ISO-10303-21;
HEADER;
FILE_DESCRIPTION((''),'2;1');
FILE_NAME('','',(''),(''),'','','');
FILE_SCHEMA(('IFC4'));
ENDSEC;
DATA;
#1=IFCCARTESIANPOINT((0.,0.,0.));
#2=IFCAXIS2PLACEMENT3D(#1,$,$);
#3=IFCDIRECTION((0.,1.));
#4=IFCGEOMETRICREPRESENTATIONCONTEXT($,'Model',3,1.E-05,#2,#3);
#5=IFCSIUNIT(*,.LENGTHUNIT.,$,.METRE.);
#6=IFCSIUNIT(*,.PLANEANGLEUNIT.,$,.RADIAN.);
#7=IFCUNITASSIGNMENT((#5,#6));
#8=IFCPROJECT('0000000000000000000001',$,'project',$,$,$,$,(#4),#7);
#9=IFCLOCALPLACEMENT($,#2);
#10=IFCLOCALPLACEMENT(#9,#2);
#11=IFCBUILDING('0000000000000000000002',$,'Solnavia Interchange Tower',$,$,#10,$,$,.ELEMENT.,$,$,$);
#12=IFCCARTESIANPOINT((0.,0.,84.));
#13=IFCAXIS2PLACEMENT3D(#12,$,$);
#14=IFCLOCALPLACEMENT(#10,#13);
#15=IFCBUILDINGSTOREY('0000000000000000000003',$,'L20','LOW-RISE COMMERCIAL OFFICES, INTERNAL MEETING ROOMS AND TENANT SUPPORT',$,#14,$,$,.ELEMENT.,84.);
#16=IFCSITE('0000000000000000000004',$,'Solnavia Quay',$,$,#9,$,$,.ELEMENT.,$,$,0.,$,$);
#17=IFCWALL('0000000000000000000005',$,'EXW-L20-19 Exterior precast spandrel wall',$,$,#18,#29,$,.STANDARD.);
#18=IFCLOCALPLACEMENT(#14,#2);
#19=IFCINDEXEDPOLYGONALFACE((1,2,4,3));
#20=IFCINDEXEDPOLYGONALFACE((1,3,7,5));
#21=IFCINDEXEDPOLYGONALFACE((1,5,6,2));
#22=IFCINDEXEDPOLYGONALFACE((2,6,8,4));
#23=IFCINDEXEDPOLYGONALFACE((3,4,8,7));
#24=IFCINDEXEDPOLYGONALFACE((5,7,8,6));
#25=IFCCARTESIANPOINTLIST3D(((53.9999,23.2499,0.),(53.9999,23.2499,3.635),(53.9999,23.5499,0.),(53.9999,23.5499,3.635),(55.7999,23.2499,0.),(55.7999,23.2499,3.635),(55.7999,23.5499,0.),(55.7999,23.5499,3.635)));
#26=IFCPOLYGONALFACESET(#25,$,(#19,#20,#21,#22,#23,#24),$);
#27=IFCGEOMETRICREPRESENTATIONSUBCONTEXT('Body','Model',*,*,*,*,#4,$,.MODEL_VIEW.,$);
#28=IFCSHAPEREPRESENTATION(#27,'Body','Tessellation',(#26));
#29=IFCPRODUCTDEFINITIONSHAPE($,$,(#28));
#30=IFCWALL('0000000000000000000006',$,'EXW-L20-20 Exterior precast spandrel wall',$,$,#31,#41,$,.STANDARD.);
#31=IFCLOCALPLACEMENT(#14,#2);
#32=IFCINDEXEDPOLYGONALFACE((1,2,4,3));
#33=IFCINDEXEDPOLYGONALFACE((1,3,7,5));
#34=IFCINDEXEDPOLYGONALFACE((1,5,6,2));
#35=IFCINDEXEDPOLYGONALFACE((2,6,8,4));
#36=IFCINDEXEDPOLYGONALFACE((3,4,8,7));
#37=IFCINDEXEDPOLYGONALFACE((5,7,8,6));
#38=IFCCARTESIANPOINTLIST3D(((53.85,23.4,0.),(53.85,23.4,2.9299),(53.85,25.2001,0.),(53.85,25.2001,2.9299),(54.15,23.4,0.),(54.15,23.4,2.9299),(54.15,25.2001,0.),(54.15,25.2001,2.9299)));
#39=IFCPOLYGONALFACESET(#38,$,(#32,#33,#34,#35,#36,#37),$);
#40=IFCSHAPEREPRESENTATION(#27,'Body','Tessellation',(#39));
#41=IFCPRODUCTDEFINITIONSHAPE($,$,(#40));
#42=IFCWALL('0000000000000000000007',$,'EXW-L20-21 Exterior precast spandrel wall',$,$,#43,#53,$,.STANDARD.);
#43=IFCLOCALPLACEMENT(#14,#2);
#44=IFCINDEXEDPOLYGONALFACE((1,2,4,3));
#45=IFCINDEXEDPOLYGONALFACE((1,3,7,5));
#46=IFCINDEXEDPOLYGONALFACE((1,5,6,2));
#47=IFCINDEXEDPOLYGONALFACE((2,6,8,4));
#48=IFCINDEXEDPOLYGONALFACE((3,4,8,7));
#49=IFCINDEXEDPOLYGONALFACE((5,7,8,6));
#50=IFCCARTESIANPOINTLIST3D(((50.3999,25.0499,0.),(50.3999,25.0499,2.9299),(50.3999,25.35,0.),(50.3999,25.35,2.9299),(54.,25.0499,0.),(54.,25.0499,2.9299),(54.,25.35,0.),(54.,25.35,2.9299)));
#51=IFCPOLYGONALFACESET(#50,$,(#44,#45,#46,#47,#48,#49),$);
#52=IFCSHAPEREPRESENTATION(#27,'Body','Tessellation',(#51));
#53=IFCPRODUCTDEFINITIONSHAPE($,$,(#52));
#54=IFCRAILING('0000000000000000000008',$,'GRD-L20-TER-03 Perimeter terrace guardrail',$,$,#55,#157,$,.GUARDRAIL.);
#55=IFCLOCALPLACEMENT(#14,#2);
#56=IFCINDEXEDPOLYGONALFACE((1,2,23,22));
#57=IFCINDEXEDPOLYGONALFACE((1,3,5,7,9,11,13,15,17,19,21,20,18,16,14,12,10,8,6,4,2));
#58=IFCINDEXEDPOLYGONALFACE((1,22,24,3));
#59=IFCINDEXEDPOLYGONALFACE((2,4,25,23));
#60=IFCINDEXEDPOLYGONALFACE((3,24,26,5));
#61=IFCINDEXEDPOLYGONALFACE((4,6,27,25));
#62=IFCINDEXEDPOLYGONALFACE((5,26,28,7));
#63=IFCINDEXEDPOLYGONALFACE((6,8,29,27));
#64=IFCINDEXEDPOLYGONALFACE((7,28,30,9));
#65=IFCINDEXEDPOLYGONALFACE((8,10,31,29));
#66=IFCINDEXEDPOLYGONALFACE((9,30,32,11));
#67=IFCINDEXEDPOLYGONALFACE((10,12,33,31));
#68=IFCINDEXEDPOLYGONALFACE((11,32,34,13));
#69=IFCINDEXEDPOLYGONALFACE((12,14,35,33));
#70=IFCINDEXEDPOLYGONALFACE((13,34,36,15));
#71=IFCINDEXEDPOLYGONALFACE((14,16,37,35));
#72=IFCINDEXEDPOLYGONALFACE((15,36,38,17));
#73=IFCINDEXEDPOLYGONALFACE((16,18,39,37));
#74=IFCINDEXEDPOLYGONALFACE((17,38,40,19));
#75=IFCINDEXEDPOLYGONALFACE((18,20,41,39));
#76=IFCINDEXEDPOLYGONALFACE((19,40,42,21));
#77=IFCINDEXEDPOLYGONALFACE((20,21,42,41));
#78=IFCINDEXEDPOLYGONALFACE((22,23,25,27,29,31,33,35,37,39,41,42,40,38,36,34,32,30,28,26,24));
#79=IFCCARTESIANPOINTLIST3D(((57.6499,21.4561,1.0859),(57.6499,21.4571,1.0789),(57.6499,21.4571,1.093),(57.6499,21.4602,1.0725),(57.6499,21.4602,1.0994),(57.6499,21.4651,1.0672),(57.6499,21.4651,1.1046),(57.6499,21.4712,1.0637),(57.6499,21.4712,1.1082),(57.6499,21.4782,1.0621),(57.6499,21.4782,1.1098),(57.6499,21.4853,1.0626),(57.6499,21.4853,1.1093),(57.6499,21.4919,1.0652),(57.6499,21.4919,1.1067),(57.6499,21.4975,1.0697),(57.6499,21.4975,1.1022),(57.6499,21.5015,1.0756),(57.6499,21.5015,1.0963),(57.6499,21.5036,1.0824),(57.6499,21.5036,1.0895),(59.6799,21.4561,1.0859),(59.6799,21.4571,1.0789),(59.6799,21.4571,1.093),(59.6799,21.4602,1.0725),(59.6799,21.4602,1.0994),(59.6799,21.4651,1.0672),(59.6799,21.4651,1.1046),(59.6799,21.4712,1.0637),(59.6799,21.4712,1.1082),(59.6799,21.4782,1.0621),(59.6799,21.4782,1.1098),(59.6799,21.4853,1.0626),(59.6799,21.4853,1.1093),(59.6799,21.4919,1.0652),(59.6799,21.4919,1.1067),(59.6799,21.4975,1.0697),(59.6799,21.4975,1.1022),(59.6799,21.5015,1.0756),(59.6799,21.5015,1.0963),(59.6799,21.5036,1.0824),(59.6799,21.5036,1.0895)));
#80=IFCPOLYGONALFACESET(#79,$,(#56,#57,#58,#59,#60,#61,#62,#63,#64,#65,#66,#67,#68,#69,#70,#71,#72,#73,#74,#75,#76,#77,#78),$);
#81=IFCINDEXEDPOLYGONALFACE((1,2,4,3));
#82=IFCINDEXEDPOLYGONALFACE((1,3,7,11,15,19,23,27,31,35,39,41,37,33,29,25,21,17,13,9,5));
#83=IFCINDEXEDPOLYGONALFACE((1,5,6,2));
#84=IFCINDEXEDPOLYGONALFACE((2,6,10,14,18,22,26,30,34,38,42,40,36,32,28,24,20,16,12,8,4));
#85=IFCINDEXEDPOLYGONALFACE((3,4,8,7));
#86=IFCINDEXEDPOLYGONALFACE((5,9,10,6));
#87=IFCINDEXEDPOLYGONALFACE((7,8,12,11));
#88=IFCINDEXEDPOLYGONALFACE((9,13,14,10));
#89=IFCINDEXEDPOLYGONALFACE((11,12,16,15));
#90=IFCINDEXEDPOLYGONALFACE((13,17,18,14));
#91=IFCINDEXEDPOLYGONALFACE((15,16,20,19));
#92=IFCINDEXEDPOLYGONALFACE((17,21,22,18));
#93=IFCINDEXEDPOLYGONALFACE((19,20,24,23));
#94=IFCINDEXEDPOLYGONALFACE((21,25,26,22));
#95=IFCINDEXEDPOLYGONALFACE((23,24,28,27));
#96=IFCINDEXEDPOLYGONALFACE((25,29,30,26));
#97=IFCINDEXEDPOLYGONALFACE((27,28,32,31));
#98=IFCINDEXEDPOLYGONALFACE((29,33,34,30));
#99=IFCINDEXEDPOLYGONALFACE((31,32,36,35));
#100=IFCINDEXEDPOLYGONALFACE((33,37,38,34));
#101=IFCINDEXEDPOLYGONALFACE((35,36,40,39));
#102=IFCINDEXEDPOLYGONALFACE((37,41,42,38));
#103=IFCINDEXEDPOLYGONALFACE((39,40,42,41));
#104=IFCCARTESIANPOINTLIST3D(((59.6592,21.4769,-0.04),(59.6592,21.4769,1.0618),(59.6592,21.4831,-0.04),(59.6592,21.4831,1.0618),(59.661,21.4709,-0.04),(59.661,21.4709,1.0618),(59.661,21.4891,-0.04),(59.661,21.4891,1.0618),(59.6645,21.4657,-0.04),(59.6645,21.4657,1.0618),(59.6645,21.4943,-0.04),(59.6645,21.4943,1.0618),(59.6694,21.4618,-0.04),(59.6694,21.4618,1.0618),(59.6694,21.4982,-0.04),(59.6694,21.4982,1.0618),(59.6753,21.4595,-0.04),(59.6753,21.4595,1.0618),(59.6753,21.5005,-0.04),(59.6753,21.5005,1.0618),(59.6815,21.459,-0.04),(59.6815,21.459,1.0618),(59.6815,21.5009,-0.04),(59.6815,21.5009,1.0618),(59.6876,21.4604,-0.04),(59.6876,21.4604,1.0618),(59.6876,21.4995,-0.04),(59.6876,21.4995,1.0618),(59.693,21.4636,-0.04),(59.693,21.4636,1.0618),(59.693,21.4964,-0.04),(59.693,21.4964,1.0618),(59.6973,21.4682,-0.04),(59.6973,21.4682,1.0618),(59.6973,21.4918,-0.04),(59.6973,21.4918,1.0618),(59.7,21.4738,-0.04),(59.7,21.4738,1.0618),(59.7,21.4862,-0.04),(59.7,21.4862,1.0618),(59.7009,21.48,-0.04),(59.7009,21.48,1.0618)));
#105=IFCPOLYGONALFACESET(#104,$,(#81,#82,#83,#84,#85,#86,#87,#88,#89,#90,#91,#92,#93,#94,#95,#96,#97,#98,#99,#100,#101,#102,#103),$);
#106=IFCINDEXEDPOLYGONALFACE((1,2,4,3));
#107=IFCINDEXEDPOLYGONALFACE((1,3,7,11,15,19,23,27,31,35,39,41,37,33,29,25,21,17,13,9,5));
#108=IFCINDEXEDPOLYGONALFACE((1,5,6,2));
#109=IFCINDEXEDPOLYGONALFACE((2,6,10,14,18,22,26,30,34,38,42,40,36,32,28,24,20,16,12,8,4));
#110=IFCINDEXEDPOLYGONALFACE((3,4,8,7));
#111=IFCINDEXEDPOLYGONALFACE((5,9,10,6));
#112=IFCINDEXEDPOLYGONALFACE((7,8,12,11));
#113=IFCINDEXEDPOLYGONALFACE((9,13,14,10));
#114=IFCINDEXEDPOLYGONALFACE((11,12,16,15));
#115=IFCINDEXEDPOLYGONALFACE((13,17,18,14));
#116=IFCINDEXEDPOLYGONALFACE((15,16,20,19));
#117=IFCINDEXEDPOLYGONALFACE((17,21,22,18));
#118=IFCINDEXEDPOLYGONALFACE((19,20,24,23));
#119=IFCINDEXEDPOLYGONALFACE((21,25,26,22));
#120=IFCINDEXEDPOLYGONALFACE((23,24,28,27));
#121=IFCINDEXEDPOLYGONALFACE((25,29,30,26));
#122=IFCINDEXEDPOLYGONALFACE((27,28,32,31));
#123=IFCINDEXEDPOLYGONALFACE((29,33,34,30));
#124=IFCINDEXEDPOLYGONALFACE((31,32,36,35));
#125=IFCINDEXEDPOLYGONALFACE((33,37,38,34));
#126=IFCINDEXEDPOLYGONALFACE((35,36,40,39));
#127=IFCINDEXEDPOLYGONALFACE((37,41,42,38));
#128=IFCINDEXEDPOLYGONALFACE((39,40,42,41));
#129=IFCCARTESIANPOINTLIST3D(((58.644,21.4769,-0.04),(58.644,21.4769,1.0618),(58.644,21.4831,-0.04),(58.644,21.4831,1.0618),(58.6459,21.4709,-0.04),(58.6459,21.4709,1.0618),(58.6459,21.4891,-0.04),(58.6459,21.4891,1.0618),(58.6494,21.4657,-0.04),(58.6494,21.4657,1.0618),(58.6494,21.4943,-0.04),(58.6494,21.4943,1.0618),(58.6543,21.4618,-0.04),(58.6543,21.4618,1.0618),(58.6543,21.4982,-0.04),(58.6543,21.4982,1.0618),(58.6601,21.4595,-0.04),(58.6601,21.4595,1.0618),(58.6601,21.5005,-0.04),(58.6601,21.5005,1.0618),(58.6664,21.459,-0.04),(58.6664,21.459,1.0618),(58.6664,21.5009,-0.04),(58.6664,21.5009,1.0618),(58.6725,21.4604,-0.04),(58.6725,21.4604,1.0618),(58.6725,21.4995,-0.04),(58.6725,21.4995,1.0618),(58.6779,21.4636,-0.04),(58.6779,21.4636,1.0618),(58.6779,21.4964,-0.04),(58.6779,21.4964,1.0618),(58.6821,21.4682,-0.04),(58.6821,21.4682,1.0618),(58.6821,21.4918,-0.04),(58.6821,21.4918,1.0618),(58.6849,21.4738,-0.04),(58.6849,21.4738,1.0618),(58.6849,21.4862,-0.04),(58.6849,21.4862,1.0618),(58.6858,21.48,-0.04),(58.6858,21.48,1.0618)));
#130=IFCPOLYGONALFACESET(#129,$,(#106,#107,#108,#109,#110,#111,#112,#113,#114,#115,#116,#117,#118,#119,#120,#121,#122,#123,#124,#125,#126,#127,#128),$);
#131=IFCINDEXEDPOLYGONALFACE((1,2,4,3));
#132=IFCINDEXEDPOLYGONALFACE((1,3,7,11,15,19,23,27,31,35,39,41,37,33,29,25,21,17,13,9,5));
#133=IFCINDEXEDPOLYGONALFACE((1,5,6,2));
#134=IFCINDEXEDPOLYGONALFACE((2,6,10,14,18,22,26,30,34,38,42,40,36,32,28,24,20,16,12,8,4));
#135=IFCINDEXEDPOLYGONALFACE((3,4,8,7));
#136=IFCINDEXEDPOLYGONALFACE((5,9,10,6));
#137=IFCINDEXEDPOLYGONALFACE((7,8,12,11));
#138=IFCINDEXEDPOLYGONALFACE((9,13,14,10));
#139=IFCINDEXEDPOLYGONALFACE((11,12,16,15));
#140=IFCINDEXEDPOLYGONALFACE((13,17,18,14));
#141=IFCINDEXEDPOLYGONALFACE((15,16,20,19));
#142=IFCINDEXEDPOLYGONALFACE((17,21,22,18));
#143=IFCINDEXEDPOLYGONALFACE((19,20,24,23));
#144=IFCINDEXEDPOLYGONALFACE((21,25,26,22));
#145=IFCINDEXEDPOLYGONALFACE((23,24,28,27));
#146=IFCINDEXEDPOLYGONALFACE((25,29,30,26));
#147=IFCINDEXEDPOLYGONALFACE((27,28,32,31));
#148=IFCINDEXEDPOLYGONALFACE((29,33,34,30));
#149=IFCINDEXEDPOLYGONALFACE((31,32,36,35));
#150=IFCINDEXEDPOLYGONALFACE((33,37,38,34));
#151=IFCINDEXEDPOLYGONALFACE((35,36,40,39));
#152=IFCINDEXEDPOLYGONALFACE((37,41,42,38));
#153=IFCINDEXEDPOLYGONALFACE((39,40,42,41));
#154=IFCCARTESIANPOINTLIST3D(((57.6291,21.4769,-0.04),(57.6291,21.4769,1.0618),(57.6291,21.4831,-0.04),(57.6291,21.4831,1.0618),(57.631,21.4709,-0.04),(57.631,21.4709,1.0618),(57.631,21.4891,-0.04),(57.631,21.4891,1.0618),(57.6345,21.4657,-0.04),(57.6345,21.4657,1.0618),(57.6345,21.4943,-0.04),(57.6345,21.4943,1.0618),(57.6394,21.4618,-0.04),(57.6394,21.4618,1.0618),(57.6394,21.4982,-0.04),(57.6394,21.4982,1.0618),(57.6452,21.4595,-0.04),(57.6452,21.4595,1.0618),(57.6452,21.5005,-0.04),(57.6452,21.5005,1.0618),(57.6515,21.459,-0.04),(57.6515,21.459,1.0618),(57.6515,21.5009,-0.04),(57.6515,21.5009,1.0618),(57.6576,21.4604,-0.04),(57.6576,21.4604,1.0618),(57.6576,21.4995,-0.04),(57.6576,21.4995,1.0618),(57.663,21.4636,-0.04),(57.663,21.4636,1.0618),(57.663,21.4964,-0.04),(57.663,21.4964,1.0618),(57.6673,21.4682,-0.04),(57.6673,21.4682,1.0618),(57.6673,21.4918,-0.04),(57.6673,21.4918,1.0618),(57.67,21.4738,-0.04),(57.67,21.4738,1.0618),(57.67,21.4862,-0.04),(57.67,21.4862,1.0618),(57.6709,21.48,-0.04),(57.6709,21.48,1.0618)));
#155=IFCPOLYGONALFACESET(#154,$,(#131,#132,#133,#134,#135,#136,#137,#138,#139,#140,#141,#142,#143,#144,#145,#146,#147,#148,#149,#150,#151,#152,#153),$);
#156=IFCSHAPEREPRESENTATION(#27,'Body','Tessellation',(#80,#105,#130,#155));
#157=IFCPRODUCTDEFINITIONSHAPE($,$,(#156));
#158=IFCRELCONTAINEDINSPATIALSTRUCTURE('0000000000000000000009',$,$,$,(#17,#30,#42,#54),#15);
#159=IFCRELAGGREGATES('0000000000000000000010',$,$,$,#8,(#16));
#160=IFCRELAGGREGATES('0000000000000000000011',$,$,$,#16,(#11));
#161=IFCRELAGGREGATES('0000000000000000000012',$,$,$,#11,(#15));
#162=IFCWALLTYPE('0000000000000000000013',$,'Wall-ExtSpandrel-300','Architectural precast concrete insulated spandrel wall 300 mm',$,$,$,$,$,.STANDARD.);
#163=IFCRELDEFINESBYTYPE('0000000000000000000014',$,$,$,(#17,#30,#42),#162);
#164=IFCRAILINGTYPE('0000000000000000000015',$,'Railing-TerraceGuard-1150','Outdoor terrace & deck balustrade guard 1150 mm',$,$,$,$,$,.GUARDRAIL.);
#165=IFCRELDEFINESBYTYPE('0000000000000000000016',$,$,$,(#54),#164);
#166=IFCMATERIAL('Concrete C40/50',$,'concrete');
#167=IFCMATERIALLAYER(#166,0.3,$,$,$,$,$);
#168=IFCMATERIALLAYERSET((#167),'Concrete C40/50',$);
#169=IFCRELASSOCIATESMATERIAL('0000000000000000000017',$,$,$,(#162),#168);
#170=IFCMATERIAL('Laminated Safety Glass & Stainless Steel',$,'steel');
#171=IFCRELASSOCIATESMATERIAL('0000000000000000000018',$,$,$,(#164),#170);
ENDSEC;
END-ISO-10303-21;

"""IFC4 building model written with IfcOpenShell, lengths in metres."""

from ifc_helpers import new_model, si_unit, direction, frame, frame_2d, origin, origin_2d, place, context, subcontext, project, spatial, rectangle, circle, extrude, material, layer, layer_set, type_object, element, save


model = new_model("IFC4")

# Units and contexts
model_context = context("Model", 3, precision=1e-05, world=origin(), true_north=direction((0.0, 1.0)))
body_context = subcontext(model_context, "Body", "Model", "MODEL_VIEW")
ifc_project = project(units=[si_unit("LENGTHUNIT", "METRE"), si_unit("PLANEANGLEUNIT", "RADIAN")], contexts=[model_context])

# Site, building, storey
site_placement = place(None, origin())
site = spatial("IfcSite", under=ifc_project, at=site_placement, Name="Solnavia Quay", CompositionType="ELEMENT", RefElevation=0.0)
building_placement = place(site_placement, origin())
building = spatial("IfcBuilding", under=site, at=building_placement, Name="Solnavia Interchange Tower", CompositionType="ELEMENT")
storey_placement = place(building_placement, frame((0.0, 0.0, 84.0)))
storey = spatial("IfcBuildingStorey", under=building, at=storey_placement, Name="L20", Description="LOW-RISE COMMERCIAL OFFICES, INTERNAL MEETING ROOMS AND TENANT SUPPORT", CompositionType="ELEMENT", Elevation=84.0)

# Shared definitions
ifc_material_1 = material(Name="Concrete C40/50", Category="concrete")
ifc_layer = layer(ifc_material_1, 0.3)
ifc_layer_set = layer_set([ifc_layer], Name="Concrete C40/50")
wall_type = type_object("IfcWallType", Name="Wall-ExtSpandrel-300", Description="Architectural precast concrete insulated spandrel wall 300 mm", PredefinedType="STANDARD", material=ifc_layer_set)

# Walls
wall_1_placement = place(storey_placement, frame((54.0, 23.3999, 0.0), z_axis=(0.0, 0.0, 1.0), x_axis=(1.0, 0.0, 0.0)))
element("IfcWall", 1, at=wall_1_placement, inside=storey, type_object=wall_type, Name="EXW-L20-19 Exterior precast spandrel wall", PredefinedType="STANDARD", context=body_context, shape_type="SweptSolid", body=[
    extrude(rectangle(XDim=1.8, YDim=0.3, at=frame_2d((0.8999, 0.0))), origin(), (0.0, 0.0, 1.0), 3.635),
])
wall_2_placement = place(storey_placement, frame((54.0, 25.2, 0.0), z_axis=(0.0, 0.0, 1.0), x_axis=(0.0, -1.0, 0.0)))
element("IfcWall", 2, at=wall_2_placement, inside=storey, type_object=wall_type, Name="EXW-L20-20 Exterior precast spandrel wall", PredefinedType="STANDARD", context=body_context, shape_type="SweptSolid", body=[
    extrude(rectangle(XDim=1.8, YDim=0.3, at=frame_2d((0.8999, 0.0))), origin(), (0.0, 0.0, 1.0), 2.9299),
])
wall_3_placement = place(storey_placement, frame((50.3999, 25.2, 0.0), z_axis=(0.0, 0.0, 1.0), x_axis=(1.0, 0.0, 0.0)))
element("IfcWall", 3, at=wall_3_placement, inside=storey, type_object=wall_type, Name="EXW-L20-21 Exterior precast spandrel wall", PredefinedType="STANDARD", context=body_context, shape_type="SweptSolid", body=[
    extrude(rectangle(XDim=3.6001, YDim=0.3, at=frame_2d((1.8, 0.0))), origin(), (0.0, 0.0, 1.0), 2.9299),
])

# Railing
ifc_material_2 = material(Name="Laminated Safety Glass & Stainless Steel", Category="steel")
railing_type = type_object("IfcRailingType", Name="Railing-TerraceGuard-1150", Description="Outdoor terrace & deck balustrade guard 1150 mm", PredefinedType="GUARDRAIL", material=ifc_material_2)
railing_placement = place(storey_placement, frame((59.6799, 21.48, -0.04)))
element("IfcRailing", 4, at=railing_placement, inside=storey, type_object=railing_type, Name="GRD-L20-TER-03 Perimeter terrace guardrail", PredefinedType="GUARDRAIL", context=body_context, shape_type="SweptSolid", body=[
    extrude(circle(Radius=0.0239, at=origin_2d()), frame((0.0, 0.0, 1.126), z_axis=(-1.0, 0.0, 0.0), x_axis=(0.0, -1.0, 0.0)), (0.0, 0.0, 1.0), 2.03),
    extrude(circle(Radius=0.021, at=origin_2d()), origin(), (0.0, 0.0, 1.0), 1.1018),
    extrude(circle(Radius=0.021, at=origin_2d()), frame((-1.0151, 0.0, 0.0)), (0.0, 0.0, 1.0), 1.1018),
    extrude(circle(Radius=0.021, at=origin_2d()), frame((-2.03, 0.0, 0.0)), (0.0, 0.0, 1.0), 1.1018),
])

save(model, "model.ifc")
